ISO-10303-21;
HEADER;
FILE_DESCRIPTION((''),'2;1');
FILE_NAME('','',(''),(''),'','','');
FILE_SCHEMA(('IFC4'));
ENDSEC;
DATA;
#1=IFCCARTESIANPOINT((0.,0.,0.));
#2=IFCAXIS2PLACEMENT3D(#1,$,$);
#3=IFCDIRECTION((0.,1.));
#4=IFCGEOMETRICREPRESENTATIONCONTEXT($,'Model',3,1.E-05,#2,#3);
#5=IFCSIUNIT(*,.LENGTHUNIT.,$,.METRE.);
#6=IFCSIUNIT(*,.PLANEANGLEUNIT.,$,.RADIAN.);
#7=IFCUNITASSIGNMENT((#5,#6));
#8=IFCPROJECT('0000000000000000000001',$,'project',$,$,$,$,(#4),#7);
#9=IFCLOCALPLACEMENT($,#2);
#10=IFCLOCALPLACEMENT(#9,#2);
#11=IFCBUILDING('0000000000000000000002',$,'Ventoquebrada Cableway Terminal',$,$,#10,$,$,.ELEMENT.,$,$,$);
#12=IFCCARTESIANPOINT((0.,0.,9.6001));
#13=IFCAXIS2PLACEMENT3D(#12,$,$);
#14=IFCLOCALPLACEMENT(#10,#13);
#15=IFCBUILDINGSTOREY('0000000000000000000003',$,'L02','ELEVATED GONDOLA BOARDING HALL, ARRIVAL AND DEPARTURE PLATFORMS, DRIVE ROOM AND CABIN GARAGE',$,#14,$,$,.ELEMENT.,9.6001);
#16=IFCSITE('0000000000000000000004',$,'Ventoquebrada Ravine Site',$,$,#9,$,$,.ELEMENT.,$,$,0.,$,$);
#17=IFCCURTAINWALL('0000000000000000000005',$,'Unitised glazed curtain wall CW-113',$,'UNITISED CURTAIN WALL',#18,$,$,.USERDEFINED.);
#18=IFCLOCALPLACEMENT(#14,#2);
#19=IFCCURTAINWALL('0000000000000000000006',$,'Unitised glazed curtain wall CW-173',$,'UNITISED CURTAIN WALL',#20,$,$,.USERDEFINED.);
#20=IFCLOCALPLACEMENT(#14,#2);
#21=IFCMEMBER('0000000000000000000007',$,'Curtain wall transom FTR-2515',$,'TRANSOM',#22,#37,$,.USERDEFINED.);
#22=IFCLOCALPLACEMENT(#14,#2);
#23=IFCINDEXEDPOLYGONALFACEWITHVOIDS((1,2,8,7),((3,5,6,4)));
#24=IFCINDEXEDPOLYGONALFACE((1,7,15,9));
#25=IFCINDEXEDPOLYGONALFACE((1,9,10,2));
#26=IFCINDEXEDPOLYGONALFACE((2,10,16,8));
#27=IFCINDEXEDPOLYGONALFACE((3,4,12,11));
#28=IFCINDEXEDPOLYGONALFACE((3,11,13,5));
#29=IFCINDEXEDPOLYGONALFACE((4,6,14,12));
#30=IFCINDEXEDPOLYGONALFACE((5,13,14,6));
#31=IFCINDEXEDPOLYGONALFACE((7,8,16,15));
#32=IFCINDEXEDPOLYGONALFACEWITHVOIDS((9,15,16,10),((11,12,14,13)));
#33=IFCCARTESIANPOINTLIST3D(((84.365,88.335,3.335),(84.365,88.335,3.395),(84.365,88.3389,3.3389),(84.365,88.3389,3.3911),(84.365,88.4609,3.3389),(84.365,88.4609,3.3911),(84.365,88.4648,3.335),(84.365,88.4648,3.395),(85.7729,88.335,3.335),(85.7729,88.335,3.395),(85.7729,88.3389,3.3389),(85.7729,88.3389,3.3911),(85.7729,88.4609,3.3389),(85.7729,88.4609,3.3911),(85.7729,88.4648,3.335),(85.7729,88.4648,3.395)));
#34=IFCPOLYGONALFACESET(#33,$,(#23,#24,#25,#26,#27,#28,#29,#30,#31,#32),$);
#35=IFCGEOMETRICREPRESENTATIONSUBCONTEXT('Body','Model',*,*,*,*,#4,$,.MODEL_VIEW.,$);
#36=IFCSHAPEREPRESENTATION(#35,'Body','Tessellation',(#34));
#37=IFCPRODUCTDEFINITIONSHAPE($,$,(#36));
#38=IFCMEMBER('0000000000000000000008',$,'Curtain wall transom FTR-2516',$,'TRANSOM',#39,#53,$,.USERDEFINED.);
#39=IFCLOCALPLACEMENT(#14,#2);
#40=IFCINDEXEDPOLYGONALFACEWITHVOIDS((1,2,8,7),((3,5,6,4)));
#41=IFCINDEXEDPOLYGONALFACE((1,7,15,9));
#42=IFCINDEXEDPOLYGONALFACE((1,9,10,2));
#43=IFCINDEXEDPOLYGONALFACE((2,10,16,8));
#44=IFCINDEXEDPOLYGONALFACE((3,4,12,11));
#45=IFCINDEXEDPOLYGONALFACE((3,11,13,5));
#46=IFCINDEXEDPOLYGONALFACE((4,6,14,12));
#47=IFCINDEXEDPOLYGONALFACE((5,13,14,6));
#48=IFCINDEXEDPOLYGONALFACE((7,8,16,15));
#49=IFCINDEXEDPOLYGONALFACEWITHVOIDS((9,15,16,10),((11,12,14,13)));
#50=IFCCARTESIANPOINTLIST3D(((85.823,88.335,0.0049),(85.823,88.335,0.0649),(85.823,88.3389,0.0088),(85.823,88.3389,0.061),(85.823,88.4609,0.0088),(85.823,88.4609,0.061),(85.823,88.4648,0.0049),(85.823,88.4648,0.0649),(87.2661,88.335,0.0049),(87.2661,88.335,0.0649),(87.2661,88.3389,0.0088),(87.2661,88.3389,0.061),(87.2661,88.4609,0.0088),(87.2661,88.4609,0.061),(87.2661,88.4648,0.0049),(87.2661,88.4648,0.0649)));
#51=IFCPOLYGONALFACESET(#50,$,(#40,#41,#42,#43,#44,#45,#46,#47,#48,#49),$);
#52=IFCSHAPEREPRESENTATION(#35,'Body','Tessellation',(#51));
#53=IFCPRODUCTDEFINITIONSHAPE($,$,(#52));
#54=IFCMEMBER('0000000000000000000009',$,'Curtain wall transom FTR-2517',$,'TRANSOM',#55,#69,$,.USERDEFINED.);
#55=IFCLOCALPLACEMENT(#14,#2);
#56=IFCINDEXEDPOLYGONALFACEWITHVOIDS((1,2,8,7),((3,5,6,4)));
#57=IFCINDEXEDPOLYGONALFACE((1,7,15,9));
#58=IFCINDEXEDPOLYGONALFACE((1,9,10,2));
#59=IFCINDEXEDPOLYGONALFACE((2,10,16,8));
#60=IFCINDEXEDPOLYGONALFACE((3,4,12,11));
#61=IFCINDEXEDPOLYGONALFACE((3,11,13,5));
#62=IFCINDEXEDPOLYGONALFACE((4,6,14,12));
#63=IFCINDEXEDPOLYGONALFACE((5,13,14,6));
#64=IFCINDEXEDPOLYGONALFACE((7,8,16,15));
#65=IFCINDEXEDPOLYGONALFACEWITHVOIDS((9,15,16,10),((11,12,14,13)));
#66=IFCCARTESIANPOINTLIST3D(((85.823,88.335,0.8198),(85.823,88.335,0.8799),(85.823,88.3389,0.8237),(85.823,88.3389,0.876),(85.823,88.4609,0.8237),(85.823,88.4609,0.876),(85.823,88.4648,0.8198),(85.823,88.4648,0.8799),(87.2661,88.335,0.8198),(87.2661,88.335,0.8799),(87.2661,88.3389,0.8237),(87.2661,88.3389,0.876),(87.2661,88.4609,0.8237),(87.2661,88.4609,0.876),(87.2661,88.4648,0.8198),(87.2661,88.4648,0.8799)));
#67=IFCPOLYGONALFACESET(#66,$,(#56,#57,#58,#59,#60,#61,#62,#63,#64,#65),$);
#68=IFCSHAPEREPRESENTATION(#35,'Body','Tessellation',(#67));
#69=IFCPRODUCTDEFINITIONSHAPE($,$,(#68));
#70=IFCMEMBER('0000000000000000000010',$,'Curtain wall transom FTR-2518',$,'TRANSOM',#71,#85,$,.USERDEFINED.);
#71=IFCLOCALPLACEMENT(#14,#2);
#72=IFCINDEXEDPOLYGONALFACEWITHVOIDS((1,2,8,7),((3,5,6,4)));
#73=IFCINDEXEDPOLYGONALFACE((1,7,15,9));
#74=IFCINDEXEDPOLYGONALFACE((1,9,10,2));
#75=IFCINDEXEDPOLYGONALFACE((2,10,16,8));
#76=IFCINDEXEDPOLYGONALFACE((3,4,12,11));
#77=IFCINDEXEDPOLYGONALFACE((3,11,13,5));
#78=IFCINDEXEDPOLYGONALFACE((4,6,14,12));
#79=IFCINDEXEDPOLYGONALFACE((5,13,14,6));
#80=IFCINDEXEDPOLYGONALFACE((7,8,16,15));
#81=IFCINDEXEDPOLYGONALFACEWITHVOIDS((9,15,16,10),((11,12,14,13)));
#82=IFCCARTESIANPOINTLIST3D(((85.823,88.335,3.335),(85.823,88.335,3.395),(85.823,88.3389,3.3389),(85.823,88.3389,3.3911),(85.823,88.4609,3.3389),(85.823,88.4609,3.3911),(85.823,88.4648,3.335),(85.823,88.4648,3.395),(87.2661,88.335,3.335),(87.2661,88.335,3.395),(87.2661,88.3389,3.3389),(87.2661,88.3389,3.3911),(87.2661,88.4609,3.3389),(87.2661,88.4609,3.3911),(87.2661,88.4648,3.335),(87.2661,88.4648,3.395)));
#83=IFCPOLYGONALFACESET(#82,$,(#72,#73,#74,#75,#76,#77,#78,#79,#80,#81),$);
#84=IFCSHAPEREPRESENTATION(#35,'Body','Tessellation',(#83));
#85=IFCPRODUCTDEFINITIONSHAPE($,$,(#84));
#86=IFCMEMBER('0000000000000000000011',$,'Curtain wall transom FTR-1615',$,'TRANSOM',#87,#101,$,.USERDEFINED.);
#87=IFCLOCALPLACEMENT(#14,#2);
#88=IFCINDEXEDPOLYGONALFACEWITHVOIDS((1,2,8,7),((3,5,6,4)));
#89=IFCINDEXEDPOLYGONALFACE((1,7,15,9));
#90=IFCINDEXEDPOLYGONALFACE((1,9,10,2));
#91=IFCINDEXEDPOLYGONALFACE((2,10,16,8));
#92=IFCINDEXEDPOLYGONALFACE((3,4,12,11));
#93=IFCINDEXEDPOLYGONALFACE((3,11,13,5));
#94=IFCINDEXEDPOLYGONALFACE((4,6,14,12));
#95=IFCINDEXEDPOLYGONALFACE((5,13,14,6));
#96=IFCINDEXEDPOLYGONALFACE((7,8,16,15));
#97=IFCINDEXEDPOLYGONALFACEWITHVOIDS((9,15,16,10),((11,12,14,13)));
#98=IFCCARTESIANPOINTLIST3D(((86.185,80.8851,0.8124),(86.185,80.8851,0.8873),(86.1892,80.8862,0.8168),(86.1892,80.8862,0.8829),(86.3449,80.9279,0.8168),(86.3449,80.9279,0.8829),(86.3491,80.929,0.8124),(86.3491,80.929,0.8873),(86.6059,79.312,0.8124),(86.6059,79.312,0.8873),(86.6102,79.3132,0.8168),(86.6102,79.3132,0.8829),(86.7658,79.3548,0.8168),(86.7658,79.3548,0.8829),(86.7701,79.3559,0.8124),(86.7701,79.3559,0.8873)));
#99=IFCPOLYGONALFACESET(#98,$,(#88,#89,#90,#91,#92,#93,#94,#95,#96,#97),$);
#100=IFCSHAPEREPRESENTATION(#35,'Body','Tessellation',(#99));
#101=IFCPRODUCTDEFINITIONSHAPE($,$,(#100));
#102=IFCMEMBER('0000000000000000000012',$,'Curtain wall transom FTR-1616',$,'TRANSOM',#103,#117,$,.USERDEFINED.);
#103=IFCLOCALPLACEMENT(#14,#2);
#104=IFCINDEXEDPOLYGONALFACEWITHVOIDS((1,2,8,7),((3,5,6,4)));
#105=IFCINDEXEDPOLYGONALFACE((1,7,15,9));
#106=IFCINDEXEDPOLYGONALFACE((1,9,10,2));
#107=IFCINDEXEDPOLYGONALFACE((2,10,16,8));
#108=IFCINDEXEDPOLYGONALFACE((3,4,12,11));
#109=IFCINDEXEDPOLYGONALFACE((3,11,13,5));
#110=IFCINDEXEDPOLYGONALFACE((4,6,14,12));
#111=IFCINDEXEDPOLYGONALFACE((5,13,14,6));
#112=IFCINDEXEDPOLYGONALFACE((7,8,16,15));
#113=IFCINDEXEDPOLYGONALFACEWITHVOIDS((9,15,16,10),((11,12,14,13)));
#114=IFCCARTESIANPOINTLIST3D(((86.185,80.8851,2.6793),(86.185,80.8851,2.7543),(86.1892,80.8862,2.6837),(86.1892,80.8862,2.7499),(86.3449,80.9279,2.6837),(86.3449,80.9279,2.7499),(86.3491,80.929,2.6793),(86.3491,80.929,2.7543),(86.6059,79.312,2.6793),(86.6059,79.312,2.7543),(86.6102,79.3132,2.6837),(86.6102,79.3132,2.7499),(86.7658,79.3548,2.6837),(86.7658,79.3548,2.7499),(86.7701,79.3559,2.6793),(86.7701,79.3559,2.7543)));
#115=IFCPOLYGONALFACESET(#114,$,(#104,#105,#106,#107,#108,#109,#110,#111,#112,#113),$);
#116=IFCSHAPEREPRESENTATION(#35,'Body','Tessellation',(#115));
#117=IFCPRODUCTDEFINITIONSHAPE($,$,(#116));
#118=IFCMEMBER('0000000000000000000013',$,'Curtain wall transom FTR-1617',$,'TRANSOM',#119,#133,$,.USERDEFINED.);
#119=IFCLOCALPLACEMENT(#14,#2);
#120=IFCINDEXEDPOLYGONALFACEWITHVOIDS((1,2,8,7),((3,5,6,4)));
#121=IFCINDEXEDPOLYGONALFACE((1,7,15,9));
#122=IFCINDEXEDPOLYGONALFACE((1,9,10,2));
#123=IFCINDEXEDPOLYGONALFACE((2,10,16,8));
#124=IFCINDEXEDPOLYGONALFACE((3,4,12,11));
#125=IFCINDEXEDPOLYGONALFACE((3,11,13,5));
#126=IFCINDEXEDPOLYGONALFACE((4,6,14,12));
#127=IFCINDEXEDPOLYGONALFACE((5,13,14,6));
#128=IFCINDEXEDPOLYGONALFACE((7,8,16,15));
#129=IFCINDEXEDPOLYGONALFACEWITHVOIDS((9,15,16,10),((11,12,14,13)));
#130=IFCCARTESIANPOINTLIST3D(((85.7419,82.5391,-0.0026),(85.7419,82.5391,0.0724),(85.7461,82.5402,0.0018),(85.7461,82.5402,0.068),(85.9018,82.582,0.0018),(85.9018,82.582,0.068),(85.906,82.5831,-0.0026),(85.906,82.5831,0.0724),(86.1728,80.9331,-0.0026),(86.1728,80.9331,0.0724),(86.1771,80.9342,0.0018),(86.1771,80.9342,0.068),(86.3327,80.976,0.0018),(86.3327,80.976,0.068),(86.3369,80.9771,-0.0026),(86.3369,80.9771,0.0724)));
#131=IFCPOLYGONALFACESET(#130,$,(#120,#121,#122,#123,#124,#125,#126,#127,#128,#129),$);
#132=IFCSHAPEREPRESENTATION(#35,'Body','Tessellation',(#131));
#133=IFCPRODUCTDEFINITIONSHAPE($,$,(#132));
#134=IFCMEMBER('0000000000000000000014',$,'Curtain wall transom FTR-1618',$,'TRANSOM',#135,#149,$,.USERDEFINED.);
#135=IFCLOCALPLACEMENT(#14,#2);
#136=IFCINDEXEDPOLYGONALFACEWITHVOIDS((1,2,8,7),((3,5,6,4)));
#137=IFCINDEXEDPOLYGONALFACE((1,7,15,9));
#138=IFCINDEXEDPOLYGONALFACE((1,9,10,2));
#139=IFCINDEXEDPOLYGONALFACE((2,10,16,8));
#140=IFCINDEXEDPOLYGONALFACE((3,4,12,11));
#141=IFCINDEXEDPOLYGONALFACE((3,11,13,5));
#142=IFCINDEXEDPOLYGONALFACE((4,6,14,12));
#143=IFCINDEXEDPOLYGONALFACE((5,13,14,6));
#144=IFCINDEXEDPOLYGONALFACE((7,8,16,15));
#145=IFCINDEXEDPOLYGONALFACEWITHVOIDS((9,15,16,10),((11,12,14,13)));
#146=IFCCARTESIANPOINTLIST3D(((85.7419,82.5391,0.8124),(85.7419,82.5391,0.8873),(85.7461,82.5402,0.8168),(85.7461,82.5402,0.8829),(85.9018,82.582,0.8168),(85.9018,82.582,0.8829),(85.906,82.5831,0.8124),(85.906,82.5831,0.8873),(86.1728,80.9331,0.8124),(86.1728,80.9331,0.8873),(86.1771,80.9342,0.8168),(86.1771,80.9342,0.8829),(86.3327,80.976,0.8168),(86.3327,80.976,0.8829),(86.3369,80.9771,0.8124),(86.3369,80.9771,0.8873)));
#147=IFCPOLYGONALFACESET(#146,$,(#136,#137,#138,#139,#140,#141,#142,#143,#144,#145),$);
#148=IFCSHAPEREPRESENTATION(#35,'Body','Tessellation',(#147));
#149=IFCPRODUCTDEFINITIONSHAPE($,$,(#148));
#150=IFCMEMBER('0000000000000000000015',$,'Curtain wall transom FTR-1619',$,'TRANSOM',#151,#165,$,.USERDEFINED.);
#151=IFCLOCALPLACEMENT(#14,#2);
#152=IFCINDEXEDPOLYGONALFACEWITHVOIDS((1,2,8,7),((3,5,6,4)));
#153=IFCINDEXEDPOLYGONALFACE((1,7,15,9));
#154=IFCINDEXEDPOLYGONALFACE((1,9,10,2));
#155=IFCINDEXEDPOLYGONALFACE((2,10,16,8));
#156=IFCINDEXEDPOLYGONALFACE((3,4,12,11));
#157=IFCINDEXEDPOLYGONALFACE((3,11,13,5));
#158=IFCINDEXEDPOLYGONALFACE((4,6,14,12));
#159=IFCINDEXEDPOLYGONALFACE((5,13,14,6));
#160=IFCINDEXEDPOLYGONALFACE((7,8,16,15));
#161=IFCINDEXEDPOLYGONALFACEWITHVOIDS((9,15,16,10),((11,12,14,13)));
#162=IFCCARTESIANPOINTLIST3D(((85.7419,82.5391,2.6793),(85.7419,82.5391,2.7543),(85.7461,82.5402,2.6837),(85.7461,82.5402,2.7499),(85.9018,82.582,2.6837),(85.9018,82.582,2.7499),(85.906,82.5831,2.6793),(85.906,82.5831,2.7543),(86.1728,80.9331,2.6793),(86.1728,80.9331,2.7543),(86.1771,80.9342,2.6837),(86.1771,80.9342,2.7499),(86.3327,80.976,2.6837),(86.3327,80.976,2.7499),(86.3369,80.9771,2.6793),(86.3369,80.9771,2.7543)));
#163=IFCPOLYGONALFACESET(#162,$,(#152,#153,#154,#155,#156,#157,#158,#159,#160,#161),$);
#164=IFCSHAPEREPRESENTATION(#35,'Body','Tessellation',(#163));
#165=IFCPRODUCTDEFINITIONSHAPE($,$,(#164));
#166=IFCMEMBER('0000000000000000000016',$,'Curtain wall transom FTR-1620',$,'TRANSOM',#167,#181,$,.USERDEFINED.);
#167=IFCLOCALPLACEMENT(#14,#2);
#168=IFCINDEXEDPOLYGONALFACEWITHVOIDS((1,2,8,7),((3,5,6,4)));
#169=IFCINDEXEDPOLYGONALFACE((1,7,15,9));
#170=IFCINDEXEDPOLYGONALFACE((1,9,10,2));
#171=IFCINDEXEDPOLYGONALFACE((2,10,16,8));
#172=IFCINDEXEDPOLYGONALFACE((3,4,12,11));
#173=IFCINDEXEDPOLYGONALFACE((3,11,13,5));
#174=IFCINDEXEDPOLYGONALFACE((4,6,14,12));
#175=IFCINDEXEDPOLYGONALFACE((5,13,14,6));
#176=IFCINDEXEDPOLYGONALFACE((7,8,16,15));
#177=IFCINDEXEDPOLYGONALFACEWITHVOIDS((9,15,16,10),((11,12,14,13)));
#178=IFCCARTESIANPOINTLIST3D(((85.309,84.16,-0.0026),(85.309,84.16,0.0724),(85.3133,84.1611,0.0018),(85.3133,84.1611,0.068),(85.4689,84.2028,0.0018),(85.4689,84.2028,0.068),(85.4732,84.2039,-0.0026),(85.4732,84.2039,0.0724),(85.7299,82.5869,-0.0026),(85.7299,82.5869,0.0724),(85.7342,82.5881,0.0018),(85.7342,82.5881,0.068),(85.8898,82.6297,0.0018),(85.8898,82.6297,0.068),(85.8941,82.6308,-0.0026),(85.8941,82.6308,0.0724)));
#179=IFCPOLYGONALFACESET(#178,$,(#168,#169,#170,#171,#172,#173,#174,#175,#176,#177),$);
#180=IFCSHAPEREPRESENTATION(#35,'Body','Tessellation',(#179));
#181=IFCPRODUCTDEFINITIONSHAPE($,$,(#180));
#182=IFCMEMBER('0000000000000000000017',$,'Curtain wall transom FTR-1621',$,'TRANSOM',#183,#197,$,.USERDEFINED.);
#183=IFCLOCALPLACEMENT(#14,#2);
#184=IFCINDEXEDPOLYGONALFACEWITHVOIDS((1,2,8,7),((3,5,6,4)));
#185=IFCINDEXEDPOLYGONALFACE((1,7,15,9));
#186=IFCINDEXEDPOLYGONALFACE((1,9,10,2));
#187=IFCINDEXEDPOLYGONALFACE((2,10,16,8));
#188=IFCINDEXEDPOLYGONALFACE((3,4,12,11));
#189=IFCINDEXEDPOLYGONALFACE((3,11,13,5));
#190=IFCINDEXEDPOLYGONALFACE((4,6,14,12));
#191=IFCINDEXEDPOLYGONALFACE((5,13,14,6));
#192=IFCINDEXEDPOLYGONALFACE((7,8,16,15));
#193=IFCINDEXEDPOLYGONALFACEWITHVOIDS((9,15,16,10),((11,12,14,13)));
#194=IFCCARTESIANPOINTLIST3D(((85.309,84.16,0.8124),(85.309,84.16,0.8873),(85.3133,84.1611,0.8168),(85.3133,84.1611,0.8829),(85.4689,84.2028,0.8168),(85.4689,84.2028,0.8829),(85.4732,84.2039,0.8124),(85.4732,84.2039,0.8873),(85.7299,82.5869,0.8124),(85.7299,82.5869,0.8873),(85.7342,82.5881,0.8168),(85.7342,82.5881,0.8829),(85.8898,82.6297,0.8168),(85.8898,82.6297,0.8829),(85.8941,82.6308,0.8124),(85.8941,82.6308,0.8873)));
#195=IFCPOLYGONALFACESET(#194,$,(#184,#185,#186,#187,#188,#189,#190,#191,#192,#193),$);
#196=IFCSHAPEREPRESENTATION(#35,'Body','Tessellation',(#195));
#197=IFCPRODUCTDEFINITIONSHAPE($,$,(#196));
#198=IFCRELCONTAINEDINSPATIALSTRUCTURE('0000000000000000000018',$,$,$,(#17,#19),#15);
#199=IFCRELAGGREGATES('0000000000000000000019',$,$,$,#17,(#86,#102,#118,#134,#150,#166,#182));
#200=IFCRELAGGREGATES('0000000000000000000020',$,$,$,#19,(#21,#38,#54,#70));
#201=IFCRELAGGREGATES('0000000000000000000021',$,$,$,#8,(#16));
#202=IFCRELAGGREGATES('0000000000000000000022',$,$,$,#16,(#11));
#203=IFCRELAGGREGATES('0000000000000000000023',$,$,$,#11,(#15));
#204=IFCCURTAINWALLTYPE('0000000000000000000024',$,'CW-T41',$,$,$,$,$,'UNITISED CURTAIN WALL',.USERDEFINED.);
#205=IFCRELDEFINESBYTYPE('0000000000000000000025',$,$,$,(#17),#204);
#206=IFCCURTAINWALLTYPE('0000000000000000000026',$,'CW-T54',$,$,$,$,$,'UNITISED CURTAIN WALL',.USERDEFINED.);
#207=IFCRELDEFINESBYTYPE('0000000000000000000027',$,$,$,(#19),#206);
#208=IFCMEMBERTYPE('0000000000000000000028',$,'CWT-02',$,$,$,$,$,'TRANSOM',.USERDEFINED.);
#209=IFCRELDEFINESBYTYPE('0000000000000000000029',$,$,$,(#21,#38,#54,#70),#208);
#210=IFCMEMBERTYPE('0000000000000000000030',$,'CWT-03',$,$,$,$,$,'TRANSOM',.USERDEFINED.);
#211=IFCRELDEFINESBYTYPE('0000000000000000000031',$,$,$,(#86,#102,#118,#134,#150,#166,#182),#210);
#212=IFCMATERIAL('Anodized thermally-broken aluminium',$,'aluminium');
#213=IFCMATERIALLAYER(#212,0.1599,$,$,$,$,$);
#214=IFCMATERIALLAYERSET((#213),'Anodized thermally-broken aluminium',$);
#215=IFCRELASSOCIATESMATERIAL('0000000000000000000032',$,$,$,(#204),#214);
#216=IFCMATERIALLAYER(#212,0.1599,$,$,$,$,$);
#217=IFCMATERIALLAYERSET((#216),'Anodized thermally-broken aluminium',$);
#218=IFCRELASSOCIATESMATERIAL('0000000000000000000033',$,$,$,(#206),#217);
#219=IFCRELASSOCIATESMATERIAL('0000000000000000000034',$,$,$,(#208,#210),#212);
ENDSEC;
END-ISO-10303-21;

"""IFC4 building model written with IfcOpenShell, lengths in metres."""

from ifc_helpers import new_model, si_unit, direction, frame, origin, origin_2d, place, context, subcontext, project, spatial, hollow_rectangle, extrude, material, layer, layer_set, material_profile, profile_set, type_object, element, aggregate, save


model = new_model("IFC4")

# Units and contexts
model_context = context("Model", 3, precision=1e-05, world=origin(), true_north=direction((0.0, 1.0)))
body_context = subcontext(model_context, "Body", "Model", "MODEL_VIEW")
ifc_project = project(units=[si_unit("LENGTHUNIT", "METRE"), si_unit("PLANEANGLEUNIT", "RADIAN")], contexts=[model_context])

# Site, building, storey
site_placement = place(None, origin())
site = spatial("IfcSite", under=ifc_project, at=site_placement, Name="Ventoquebrada Ravine Site", CompositionType="ELEMENT", RefElevation=0.0)
building_placement = place(site_placement, origin())
building = spatial("IfcBuilding", under=site, at=building_placement, Name="Ventoquebrada Cableway Terminal", CompositionType="ELEMENT")
storey_placement = place(building_placement, frame((0.0, 0.0, 9.6001)))
storey = spatial("IfcBuildingStorey", under=building, at=storey_placement, Name="L02", Description="ELEVATED GONDOLA BOARDING HALL, ARRIVAL AND DEPARTURE PLATFORMS, DRIVE ROOM AND CABIN GARAGE", CompositionType="ELEMENT", Elevation=9.6001)

# Curtain walls, members
ifc_material_1 = material(Name="Anodized thermally-broken aluminium", Category="aluminium")
ifc_layer_1 = layer(ifc_material_1, 0.1599)
ifc_layer_set_1 = layer_set([ifc_layer_1], Name="Anodized thermally-broken aluminium")
curtain_wall_type_1 = type_object("IfcCurtainWallType", Name="CW-T41", ElementType="UNITISED CURTAIN WALL", PredefinedType="USERDEFINED", material=ifc_layer_set_1)
curtain_wall_1_placement = place(storey_placement, origin())
curtain_wall_1 = element("IfcCurtainWall", 1, at=curtain_wall_1_placement, inside=storey, type_object=curtain_wall_type_1, Name="Unitised glazed curtain wall CW-113", ObjectType="UNITISED CURTAIN WALL", PredefinedType="USERDEFINED")
ifc_layer_2 = layer(ifc_material_1, 0.1599)
ifc_layer_set_2 = layer_set([ifc_layer_2], Name="Anodized thermally-broken aluminium")
curtain_wall_type_2 = type_object("IfcCurtainWallType", Name="CW-T54", ElementType="UNITISED CURTAIN WALL", PredefinedType="USERDEFINED", material=ifc_layer_set_2)
curtain_wall_2_placement = place(storey_placement, origin())
curtain_wall_2 = element("IfcCurtainWall", 2, at=curtain_wall_2_placement, inside=storey, type_object=curtain_wall_type_2, Name="Unitised glazed curtain wall CW-173", ObjectType="UNITISED CURTAIN WALL", PredefinedType="USERDEFINED")
ifc_material_profile_1 = material_profile(ifc_material_1, hollow_rectangle(XDim=0.0601, YDim=0.1299, WallThickness=0.0039, at=origin_2d()), Name="CW-TRN-60X130")
ifc_profile_set_1 = profile_set([ifc_material_profile_1], Name="Anodized thermally-broken aluminium")
member_type_1 = type_object("IfcMemberType", Name="CWT-02", ElementType="TRANSOM", PredefinedType="USERDEFINED", material=ifc_profile_set_1)
member_1_placement = place(storey_placement, frame((84.365, 88.3999, 3.365), z_axis=(1.0, 0.0, 0.0), x_axis=(0.0, 0.0, 1.0)))
member_1 = element("IfcMember", 3, at=member_1_placement, type_object=member_type_1, Name="Curtain wall transom FTR-2515", ObjectType="TRANSOM", PredefinedType="USERDEFINED", context=body_context, shape_type="SweptSolid", body=[
    extrude(hollow_rectangle(XDim=0.0601, YDim=0.1299, WallThickness=0.0039, at=origin_2d()), origin(), (0.0, 0.0, 1.0), 1.408),
])
member_2_placement = place(storey_placement, frame((85.823, 88.3999, 0.0349), z_axis=(1.0, 0.0, 0.0), x_axis=(0.0, 0.0, 1.0)))
member_2 = element("IfcMember", 4, at=member_2_placement, type_object=member_type_1, Name="Curtain wall transom FTR-2516", ObjectType="TRANSOM", PredefinedType="USERDEFINED", context=body_context, shape_type="SweptSolid", body=[
    extrude(hollow_rectangle(XDim=0.0601, YDim=0.1299, WallThickness=0.0039, at=origin_2d()), origin(), (0.0, 0.0, 1.0), 1.4431),
])
member_3_placement = place(storey_placement, frame((85.823, 88.3999, 0.8499), z_axis=(1.0, 0.0, 0.0), x_axis=(0.0, 0.0, 1.0)))
member_3 = element("IfcMember", 5, at=member_3_placement, type_object=member_type_1, Name="Curtain wall transom FTR-2517", ObjectType="TRANSOM", PredefinedType="USERDEFINED", context=body_context, shape_type="SweptSolid", body=[
    extrude(hollow_rectangle(XDim=0.0601, YDim=0.1299, WallThickness=0.0039, at=origin_2d()), origin(), (0.0, 0.0, 1.0), 1.4431),
])
member_4_placement = place(storey_placement, frame((85.823, 88.3999, 3.365), z_axis=(1.0, 0.0, 0.0), x_axis=(0.0, 0.0, 1.0)))
member_4 = element("IfcMember", 6, at=member_4_placement, type_object=member_type_1, Name="Curtain wall transom FTR-2518", ObjectType="TRANSOM", PredefinedType="USERDEFINED", context=body_context, shape_type="SweptSolid", body=[
    extrude(hollow_rectangle(XDim=0.0601, YDim=0.1299, WallThickness=0.0039, at=origin_2d()), origin(), (0.0, 0.0, 1.0), 1.4431),
])

# Members
ifc_material_profile_2 = material_profile(ifc_material_1, hollow_rectangle(XDim=0.075, YDim=0.1699, WallThickness=0.0044, at=origin_2d()), Name="CW-TRN-75X170")
ifc_profile_set_2 = profile_set([ifc_material_profile_2], Name="Anodized thermally-broken aluminium")
member_type_2 = type_object("IfcMemberType", Name="CWT-03", ElementType="TRANSOM", PredefinedType="USERDEFINED", material=ifc_profile_set_2)
member_5_placement = place(storey_placement, frame((86.688, 79.334, 0.8499), z_axis=(-0.258484, 0.966016, 0.0), x_axis=(0.0, 0.0, 1.0)))
member_5 = element("IfcMember", 7, at=member_5_placement, type_object=member_type_2, Name="Curtain wall transom FTR-1615", ObjectType="TRANSOM", PredefinedType="USERDEFINED", context=body_context, shape_type="SweptSolid", body=[
    extrude(hollow_rectangle(XDim=0.075, YDim=0.1699, WallThickness=0.0044, at=origin_2d()), origin(), (0.0, 0.0, 1.0), 1.6284),
])
member_6_placement = place(storey_placement, frame((86.688, 79.334, 2.7168), z_axis=(-0.258484, 0.966016, 0.0), x_axis=(0.0, 0.0, 1.0)))
member_6 = element("IfcMember", 8, at=member_6_placement, type_object=member_type_2, Name="Curtain wall transom FTR-1616", ObjectType="TRANSOM", PredefinedType="USERDEFINED", context=body_context, shape_type="SweptSolid", body=[
    extrude(hollow_rectangle(XDim=0.075, YDim=0.1699, WallThickness=0.0044, at=origin_2d()), origin(), (0.0, 0.0, 1.0), 1.6284),
])
member_7_placement = place(storey_placement, frame((86.2549, 80.9551, 0.0349), z_axis=(-0.259152, 0.965837, 0.0), x_axis=(0.0, 0.0, 1.0)))
member_7 = element("IfcMember", 9, at=member_7_placement, type_object=member_type_2, Name="Curtain wall transom FTR-1617", ObjectType="TRANSOM", PredefinedType="USERDEFINED", context=body_context, shape_type="SweptSolid", body=[
    extrude(hollow_rectangle(XDim=0.075, YDim=0.1699, WallThickness=0.0044, at=origin_2d()), origin(), (0.0, 0.0, 1.0), 1.6628),
])
member_8_placement = place(storey_placement, frame((86.2549, 80.9551, 0.8499), z_axis=(-0.259152, 0.965837, 0.0), x_axis=(0.0, 0.0, 1.0)))
member_8 = element("IfcMember", 10, at=member_8_placement, type_object=member_type_2, Name="Curtain wall transom FTR-1618", ObjectType="TRANSOM", PredefinedType="USERDEFINED", context=body_context, shape_type="SweptSolid", body=[
    extrude(hollow_rectangle(XDim=0.075, YDim=0.1699, WallThickness=0.0044, at=origin_2d()), origin(), (0.0, 0.0, 1.0), 1.6628),
])
member_9_placement = place(storey_placement, frame((86.2549, 80.9551, 2.7168), z_axis=(-0.259152, 0.965837, 0.0), x_axis=(0.0, 0.0, 1.0)))
member_9 = element("IfcMember", 11, at=member_9_placement, type_object=member_type_2, Name="Curtain wall transom FTR-1619", ObjectType="TRANSOM", PredefinedType="USERDEFINED", context=body_context, shape_type="SweptSolid", body=[
    extrude(hollow_rectangle(XDim=0.075, YDim=0.1699, WallThickness=0.0044, at=origin_2d()), origin(), (0.0, 0.0, 1.0), 1.6628),
])
member_10_placement = place(storey_placement, frame((85.812, 82.6089, 0.0349), z_axis=(-0.258484, 0.966016, 0.0), x_axis=(0.0, 0.0, 1.0)))
member_10 = element("IfcMember", 12, at=member_10_placement, type_object=member_type_2, Name="Curtain wall transom FTR-1620", ObjectType="TRANSOM", PredefinedType="USERDEFINED", context=body_context, shape_type="SweptSolid", body=[
    extrude(hollow_rectangle(XDim=0.075, YDim=0.1699, WallThickness=0.0044, at=origin_2d()), origin(), (0.0, 0.0, 1.0), 1.6284),
])
member_11_placement = place(storey_placement, frame((85.812, 82.6089, 0.8499), z_axis=(-0.258484, 0.966016, 0.0), x_axis=(0.0, 0.0, 1.0)))
member_11 = element("IfcMember", 13, at=member_11_placement, type_object=member_type_2, Name="Curtain wall transom FTR-1621", ObjectType="TRANSOM", PredefinedType="USERDEFINED", context=body_context, shape_type="SweptSolid", body=[
    extrude(hollow_rectangle(XDim=0.075, YDim=0.1699, WallThickness=0.0044, at=origin_2d()), origin(), (0.0, 0.0, 1.0), 1.6284),
])

aggregate(curtain_wall_1, [member_5, member_6, member_7, member_8, member_9, member_10, member_11])
aggregate(curtain_wall_2, [member_1, member_2, member_3, member_4])

save(model, "model.ifc")
